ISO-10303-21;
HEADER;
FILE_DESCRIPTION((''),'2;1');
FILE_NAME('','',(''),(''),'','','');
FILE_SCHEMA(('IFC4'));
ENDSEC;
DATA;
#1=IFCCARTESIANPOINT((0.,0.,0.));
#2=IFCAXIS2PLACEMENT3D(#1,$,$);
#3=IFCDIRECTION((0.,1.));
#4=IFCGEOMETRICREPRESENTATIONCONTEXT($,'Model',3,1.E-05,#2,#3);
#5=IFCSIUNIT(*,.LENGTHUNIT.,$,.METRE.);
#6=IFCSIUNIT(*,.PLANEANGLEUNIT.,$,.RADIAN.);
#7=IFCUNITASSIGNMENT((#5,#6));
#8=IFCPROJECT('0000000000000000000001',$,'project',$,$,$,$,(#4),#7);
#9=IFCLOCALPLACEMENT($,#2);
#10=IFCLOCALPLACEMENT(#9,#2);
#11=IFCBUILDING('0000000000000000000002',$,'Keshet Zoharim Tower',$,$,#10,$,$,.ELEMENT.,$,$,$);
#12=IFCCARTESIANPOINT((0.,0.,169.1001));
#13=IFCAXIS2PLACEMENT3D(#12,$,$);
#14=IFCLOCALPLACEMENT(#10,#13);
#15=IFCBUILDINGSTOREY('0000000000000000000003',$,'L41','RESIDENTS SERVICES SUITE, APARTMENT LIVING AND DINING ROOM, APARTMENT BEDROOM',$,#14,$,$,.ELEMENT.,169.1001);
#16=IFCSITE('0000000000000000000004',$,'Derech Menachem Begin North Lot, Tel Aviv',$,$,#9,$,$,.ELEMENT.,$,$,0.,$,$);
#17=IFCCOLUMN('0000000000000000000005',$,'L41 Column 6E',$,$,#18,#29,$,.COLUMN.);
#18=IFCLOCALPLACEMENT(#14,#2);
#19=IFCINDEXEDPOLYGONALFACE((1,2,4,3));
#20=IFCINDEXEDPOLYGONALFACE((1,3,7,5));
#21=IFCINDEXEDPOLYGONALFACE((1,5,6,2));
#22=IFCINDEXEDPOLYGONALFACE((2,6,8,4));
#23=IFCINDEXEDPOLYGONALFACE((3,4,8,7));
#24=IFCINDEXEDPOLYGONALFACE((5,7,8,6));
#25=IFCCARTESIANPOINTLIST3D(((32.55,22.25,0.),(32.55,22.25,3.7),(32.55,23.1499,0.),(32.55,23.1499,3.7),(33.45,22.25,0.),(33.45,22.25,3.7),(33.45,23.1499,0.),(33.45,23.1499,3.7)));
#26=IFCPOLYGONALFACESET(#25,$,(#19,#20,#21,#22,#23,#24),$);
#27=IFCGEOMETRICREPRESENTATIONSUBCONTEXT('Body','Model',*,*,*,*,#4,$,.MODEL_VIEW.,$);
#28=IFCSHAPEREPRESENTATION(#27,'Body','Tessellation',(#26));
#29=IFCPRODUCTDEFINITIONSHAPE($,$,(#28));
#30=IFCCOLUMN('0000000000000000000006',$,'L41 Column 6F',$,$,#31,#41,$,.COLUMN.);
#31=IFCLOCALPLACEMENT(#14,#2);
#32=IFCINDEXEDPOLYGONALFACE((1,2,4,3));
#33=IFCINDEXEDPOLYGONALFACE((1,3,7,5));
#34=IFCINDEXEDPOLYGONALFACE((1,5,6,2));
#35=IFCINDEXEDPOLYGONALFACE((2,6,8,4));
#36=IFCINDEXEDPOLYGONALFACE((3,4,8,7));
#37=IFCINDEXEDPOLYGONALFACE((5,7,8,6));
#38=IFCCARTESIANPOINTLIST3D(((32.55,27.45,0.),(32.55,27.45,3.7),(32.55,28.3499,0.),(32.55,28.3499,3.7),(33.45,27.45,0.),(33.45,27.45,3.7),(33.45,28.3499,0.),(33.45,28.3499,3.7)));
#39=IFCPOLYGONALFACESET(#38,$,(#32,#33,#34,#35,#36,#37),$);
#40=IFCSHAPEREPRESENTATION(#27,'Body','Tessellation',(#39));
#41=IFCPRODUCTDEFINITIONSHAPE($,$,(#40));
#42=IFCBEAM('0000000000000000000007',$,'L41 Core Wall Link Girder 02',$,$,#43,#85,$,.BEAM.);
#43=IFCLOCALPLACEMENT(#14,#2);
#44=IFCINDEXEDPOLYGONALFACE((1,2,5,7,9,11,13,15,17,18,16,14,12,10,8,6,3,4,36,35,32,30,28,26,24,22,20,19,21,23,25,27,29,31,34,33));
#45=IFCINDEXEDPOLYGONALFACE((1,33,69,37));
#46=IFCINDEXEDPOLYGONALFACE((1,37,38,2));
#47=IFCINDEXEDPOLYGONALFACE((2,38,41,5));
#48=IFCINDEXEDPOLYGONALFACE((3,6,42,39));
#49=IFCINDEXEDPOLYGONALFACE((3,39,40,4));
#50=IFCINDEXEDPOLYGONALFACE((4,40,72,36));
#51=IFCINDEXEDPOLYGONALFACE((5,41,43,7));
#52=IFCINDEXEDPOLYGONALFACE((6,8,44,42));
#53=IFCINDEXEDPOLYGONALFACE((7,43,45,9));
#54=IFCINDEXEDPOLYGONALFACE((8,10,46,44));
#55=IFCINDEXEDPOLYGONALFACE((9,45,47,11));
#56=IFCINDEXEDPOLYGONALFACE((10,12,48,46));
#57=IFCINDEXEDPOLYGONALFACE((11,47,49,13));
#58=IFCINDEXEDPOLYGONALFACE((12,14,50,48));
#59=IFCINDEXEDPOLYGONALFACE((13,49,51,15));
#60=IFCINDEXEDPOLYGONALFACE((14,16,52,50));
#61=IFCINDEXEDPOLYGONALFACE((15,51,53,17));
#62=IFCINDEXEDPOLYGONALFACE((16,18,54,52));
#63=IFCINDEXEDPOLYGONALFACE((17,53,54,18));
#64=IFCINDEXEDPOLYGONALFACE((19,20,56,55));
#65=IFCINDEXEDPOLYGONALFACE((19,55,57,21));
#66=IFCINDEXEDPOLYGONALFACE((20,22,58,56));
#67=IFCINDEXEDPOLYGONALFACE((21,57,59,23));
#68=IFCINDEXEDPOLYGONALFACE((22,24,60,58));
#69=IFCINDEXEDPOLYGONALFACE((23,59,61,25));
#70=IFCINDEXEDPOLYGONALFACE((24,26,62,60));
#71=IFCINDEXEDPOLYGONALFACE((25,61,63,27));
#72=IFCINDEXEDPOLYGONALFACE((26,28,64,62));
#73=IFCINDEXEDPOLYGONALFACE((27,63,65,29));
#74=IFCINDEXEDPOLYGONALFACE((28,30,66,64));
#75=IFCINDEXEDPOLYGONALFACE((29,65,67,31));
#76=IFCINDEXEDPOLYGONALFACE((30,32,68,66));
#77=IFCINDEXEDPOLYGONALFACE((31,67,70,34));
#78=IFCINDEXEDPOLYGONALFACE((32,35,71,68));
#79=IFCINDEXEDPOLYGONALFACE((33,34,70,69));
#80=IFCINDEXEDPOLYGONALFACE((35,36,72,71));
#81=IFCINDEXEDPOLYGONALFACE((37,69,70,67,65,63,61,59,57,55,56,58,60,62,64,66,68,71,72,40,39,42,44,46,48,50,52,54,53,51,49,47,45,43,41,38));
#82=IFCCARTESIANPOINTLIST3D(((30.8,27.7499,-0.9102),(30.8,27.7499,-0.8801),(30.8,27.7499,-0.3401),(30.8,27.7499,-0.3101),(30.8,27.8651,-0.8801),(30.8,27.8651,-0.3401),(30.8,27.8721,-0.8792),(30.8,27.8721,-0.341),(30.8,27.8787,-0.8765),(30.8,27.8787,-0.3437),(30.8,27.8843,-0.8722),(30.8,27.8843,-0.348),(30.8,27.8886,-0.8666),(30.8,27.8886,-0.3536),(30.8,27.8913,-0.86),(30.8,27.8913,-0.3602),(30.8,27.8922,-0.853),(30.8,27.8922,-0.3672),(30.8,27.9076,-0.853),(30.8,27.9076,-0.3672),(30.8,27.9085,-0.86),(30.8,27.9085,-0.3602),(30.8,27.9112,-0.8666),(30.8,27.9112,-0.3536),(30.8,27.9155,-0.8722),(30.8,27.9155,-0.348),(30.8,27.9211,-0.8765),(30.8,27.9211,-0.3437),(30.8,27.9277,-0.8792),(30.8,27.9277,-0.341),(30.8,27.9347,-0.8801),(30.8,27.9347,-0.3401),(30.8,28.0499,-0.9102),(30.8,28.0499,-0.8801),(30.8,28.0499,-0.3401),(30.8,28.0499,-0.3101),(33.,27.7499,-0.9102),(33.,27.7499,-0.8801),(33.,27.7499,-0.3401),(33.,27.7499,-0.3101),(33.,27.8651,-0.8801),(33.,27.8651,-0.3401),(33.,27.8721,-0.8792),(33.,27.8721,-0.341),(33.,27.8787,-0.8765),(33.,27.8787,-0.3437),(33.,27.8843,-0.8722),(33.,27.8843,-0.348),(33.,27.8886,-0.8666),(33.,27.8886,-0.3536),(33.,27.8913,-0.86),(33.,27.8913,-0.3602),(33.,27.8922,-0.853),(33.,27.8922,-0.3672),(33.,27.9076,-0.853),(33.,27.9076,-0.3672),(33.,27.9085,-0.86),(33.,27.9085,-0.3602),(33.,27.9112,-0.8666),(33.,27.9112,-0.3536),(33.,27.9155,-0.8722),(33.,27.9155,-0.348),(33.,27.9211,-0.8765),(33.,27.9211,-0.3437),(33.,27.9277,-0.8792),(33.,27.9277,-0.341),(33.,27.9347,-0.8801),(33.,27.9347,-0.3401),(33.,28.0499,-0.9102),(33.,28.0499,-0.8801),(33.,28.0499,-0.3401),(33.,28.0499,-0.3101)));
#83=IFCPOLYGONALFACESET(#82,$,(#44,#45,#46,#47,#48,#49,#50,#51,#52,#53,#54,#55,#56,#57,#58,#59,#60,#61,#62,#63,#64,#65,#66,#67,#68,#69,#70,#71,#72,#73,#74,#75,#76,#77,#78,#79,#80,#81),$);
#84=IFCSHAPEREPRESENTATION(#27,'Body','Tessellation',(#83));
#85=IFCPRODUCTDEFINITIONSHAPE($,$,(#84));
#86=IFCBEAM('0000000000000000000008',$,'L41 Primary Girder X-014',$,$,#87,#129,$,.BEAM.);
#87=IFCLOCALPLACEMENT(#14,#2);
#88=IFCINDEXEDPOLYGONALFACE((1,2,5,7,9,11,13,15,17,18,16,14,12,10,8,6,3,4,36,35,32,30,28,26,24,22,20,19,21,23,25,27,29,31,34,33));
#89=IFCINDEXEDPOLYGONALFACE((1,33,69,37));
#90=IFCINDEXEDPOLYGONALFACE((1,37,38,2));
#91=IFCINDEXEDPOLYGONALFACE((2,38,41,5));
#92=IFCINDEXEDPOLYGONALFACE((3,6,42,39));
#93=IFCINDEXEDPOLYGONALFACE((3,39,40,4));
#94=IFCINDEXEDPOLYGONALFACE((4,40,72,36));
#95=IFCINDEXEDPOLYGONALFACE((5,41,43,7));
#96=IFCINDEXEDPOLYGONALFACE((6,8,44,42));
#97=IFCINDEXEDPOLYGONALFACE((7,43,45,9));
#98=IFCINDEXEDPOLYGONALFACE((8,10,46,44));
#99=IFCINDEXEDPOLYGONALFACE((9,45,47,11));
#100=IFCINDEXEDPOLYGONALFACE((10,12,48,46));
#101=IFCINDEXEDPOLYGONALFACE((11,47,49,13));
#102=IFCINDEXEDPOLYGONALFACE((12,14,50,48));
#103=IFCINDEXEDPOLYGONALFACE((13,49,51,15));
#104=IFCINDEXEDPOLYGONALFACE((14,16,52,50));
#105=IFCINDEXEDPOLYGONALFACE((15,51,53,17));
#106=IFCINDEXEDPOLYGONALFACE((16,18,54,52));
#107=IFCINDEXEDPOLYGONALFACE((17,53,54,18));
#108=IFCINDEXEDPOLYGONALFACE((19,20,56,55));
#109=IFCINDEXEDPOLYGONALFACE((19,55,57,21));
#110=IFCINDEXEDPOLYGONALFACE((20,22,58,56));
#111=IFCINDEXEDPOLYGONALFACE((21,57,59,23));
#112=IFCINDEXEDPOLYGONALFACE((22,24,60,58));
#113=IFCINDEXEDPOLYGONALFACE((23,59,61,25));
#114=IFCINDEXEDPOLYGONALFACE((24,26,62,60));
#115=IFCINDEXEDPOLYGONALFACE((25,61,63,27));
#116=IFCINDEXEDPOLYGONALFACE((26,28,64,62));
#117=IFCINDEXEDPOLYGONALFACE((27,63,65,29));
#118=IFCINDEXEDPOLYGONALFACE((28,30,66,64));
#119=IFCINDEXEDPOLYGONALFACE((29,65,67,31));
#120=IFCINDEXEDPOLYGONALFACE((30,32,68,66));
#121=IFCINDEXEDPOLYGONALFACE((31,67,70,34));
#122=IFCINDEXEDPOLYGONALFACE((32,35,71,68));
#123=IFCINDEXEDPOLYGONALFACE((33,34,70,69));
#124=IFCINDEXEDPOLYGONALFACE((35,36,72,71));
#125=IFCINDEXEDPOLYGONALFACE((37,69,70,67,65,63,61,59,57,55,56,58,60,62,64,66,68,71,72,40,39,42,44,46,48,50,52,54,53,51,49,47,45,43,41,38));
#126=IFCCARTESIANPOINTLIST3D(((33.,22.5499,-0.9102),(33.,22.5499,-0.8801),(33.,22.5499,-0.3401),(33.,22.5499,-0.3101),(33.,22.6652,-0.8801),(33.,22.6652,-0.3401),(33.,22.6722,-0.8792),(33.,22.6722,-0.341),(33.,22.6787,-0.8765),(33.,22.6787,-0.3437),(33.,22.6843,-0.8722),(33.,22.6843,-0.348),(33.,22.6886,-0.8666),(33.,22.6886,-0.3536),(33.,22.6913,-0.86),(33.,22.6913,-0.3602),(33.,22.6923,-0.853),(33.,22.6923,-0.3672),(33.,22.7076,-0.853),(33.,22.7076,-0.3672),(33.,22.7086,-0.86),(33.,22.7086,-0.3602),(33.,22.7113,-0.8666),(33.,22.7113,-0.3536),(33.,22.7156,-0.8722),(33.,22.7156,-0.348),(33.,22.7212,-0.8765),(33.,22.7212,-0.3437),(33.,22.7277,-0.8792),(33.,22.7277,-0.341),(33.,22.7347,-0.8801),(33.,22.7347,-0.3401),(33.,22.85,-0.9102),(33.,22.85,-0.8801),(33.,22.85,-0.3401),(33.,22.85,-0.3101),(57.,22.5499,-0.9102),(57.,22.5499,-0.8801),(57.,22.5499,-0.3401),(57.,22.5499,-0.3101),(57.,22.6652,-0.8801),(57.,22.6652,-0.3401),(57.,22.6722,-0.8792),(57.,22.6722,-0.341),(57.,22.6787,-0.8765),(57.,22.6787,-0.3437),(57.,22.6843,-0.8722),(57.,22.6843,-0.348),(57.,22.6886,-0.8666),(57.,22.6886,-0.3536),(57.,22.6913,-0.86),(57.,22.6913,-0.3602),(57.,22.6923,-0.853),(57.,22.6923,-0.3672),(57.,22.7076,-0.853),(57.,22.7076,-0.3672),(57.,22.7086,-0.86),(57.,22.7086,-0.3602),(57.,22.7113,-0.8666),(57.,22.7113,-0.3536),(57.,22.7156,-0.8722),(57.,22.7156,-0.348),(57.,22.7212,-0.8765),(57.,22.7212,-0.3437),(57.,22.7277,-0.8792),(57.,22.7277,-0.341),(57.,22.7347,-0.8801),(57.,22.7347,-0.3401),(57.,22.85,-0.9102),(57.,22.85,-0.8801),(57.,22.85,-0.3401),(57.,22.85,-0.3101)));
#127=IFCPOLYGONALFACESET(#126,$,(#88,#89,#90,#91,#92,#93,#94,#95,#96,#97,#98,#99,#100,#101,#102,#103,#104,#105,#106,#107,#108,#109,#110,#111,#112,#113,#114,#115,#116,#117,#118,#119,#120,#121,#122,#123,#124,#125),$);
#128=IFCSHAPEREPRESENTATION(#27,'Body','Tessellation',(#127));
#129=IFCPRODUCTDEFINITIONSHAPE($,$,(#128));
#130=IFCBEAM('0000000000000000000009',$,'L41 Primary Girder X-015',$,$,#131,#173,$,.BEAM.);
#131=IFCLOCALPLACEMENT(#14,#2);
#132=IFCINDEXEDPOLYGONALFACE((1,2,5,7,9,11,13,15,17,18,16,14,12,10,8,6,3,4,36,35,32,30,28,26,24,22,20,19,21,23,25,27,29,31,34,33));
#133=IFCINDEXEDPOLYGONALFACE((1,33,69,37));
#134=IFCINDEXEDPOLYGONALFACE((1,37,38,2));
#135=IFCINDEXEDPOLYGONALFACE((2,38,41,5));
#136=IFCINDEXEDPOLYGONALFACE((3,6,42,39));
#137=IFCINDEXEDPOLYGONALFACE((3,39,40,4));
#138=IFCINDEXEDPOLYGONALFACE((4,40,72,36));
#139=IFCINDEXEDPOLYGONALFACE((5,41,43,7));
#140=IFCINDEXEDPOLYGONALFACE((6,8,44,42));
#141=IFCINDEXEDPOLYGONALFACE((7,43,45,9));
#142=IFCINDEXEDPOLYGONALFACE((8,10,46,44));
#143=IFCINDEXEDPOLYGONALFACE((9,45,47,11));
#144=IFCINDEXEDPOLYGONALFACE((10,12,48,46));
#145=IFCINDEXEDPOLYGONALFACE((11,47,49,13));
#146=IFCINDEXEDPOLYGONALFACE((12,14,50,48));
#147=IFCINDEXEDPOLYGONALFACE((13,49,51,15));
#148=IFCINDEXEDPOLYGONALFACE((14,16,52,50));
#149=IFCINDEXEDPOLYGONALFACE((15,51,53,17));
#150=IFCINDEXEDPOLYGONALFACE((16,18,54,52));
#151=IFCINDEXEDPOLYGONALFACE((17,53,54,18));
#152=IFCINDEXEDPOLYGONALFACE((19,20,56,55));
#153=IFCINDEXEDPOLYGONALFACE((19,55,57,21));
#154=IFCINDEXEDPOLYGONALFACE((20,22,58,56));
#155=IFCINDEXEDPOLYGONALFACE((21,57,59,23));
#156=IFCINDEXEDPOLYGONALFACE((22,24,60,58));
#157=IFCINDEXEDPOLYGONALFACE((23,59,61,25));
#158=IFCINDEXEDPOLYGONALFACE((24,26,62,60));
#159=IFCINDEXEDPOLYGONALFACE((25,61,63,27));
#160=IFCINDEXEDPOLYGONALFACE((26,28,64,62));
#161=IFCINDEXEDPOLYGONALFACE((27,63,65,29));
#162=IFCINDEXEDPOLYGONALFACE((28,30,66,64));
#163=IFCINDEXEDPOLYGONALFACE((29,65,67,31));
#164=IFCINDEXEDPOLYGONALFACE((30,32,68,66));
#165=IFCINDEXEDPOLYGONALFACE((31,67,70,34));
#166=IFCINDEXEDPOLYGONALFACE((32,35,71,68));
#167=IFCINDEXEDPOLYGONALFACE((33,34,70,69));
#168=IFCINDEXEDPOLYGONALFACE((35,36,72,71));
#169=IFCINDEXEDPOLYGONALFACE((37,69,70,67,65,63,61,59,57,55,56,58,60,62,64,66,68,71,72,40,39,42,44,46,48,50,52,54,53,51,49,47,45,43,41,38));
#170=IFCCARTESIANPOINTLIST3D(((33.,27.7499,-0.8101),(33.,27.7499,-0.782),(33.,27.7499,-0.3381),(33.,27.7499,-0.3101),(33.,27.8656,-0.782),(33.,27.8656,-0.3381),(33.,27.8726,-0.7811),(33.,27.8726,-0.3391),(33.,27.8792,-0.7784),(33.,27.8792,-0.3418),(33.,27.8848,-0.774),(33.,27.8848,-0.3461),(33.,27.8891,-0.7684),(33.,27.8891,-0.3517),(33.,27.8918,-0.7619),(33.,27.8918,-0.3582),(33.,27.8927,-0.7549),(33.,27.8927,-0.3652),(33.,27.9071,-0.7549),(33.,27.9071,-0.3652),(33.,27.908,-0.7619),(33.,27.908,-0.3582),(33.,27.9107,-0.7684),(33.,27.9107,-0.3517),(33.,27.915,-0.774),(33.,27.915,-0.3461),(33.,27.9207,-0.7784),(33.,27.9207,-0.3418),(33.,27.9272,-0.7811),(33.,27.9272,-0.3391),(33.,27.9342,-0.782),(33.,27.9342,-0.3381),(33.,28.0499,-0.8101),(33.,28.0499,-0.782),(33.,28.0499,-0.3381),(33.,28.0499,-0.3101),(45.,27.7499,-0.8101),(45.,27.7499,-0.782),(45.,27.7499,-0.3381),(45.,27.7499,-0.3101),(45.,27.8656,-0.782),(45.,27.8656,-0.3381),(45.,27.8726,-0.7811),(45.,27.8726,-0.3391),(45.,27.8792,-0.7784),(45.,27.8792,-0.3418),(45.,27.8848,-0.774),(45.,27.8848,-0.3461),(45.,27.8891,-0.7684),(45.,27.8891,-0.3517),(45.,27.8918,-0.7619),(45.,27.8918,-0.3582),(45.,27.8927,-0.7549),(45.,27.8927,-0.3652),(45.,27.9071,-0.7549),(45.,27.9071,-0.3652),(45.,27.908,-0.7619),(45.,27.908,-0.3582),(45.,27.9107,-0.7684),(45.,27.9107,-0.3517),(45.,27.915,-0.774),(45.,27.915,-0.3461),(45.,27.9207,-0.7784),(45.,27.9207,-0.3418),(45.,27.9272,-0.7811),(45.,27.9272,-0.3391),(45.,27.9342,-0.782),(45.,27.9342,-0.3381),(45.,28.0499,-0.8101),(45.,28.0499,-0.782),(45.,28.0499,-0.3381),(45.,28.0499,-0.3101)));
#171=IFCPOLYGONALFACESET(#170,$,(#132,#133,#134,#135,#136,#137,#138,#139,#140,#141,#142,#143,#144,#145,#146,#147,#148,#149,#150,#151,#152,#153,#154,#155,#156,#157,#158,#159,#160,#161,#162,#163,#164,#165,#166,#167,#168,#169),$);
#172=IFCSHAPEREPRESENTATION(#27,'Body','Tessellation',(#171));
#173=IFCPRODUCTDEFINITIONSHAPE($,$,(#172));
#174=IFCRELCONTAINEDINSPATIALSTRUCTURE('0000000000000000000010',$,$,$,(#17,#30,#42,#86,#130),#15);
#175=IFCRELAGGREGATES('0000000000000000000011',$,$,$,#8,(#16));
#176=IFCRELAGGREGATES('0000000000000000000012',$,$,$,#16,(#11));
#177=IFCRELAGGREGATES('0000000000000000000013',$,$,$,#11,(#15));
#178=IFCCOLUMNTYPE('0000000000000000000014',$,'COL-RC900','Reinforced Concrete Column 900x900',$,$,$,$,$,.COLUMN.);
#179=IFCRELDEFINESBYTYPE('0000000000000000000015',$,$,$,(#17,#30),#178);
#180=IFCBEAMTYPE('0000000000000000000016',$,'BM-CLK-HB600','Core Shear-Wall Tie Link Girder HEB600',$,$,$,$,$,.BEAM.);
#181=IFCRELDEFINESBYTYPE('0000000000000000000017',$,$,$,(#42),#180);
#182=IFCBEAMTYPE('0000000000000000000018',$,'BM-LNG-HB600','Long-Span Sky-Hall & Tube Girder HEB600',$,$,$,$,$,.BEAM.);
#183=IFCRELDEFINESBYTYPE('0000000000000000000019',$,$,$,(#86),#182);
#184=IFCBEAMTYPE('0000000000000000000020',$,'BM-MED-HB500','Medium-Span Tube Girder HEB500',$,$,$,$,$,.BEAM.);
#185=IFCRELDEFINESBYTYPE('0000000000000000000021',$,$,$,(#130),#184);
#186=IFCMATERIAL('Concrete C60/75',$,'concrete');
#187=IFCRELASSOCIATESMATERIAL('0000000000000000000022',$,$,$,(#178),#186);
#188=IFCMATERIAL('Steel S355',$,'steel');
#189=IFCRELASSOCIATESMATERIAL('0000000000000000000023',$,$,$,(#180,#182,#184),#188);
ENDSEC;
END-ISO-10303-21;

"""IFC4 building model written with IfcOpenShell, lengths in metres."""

from ifc_helpers import new_model, si_unit, direction, frame, origin, origin_2d, place, context, subcontext, project, spatial, rectangle, i_section, extrude, material, material_profile, profile_set, type_object, element, save


model = new_model("IFC4")

# Units and contexts
model_context = context("Model", 3, precision=1e-05, world=origin(), true_north=direction((0.0, 1.0)))
body_context = subcontext(model_context, "Body", "Model", "MODEL_VIEW")
ifc_project = project(units=[si_unit("LENGTHUNIT", "METRE"), si_unit("PLANEANGLEUNIT", "RADIAN")], contexts=[model_context])

# Site, building, storey
site_placement = place(None, origin())
site = spatial("IfcSite", under=ifc_project, at=site_placement, Name="Derech Menachem Begin North Lot, Tel Aviv", CompositionType="ELEMENT", RefElevation=0.0)
building_placement = place(site_placement, origin())
building = spatial("IfcBuilding", under=site, at=building_placement, Name="Keshet Zoharim Tower", CompositionType="ELEMENT")
storey_placement = place(building_placement, frame((0.0, 0.0, 169.1001)))
storey = spatial("IfcBuildingStorey", under=building, at=storey_placement, Name="L41", Description="RESIDENTS SERVICES SUITE, APARTMENT LIVING AND DINING ROOM, APARTMENT BEDROOM", CompositionType="ELEMENT", Elevation=169.1001)

# Columns
ifc_material_1 = material(Name="Concrete C60/75", Category="concrete")
ifc_material_profile_1 = material_profile(ifc_material_1, rectangle(XDim=0.8999, YDim=0.8999, at=origin_2d()), Name="RC900x900")
ifc_profile_set_1 = profile_set([ifc_material_profile_1], Name="Concrete C60/75")
column_type = type_object("IfcColumnType", Name="COL-RC900", Description="Reinforced Concrete Column 900x900", PredefinedType="COLUMN", material=ifc_profile_set_1)
for number, where, z_axis, x_axis, name in (
    (1, (33.0, 22.7, 0.0), (0.0, 0.0, 1.0), (1.0, 0.0, 0.0), "L41 Column 6E"),
    (2, (33.0, 27.8999, 0.0), (0.0, 0.0, 1.0), (1.0, 0.0, 0.0), "L41 Column 6F"),
):
    element("IfcColumn", number, at=place(storey_placement, frame(where, z_axis=z_axis, x_axis=x_axis)), inside=storey, type_object=column_type, Name=name, PredefinedType="COLUMN", context=body_context, shape_type="SweptSolid", body=[
        extrude(rectangle(XDim=0.8999, YDim=0.8999, at=origin_2d()), origin(), (0.0, 0.0, 1.0), 3.7),
    ])

# Beams
ifc_material_2 = material(Name="Steel S355", Category="steel")
ifc_material_profile_2 = material_profile(ifc_material_2, i_section(OverallWidth=0.3, OverallDepth=0.6001, WebThickness=0.0154, FlangeThickness=0.03, FilletRadius=0.0271, at=origin_2d()), Name="HEB600")
ifc_profile_set_2 = profile_set([ifc_material_profile_2], Name="Steel S355")
beam_type_1 = type_object("IfcBeamType", Name="BM-CLK-HB600", Description="Core Shear-Wall Tie Link Girder HEB600", PredefinedType="BEAM", material=ifc_profile_set_2)
beam_1_placement = place(storey_placement, frame((30.8, 27.8999, -0.6101), z_axis=(1.0, 0.0, 0.0), x_axis=(0.0, 1.0, 0.0)))
element("IfcBeam", 3, at=beam_1_placement, inside=storey, type_object=beam_type_1, Name="L41 Core Wall Link Girder 02", PredefinedType="BEAM", context=body_context, shape_type="SweptSolid", body=[
    extrude(i_section(OverallWidth=0.3, OverallDepth=0.6001, WebThickness=0.0154, FlangeThickness=0.03, FilletRadius=0.0271, at=origin_2d()), origin(), (0.0, 0.0, 1.0), 2.2),
])
ifc_material_profile_3 = material_profile(ifc_material_2, i_section(OverallWidth=0.3, OverallDepth=0.6001, WebThickness=0.0154, FlangeThickness=0.03, FilletRadius=0.0271, at=origin_2d()), Name="HEB600")
ifc_profile_set_3 = profile_set([ifc_material_profile_3], Name="Steel S355")
beam_type_2 = type_object("IfcBeamType", Name="BM-LNG-HB600", Description="Long-Span Sky-Hall & Tube Girder HEB600", PredefinedType="BEAM", material=ifc_profile_set_3)
beam_2_placement = place(storey_placement, frame((33.0, 22.7, -0.6101), z_axis=(1.0, 0.0, 0.0), x_axis=(0.0, 1.0, 0.0)))
element("IfcBeam", 4, at=beam_2_placement, inside=storey, type_object=beam_type_2, Name="L41 Primary Girder X-014", PredefinedType="BEAM", context=body_context, shape_type="SweptSolid", body=[
    extrude(i_section(OverallWidth=0.3, OverallDepth=0.6001, WebThickness=0.0154, FlangeThickness=0.03, FilletRadius=0.0271, at=origin_2d()), origin(), (0.0, 0.0, 1.0), 24.0),
])
ifc_material_profile_4 = material_profile(ifc_material_2, i_section(OverallWidth=0.3, OverallDepth=0.5, WebThickness=0.0144, FlangeThickness=0.0281, FilletRadius=0.0271, at=origin_2d()), Name="HEB500")
ifc_profile_set_4 = profile_set([ifc_material_profile_4], Name="Steel S355")
beam_type_3 = type_object("IfcBeamType", Name="BM-MED-HB500", Description="Medium-Span Tube Girder HEB500", PredefinedType="BEAM", material=ifc_profile_set_4)
beam_3_placement = place(storey_placement, frame((33.0, 27.8999, -0.5601), z_axis=(1.0, 0.0, 0.0), x_axis=(0.0, 1.0, 0.0)))
element("IfcBeam", 5, at=beam_3_placement, inside=storey, type_object=beam_type_3, Name="L41 Primary Girder X-015", PredefinedType="BEAM", context=body_context, shape_type="SweptSolid", body=[
    extrude(i_section(OverallWidth=0.3, OverallDepth=0.5, WebThickness=0.0144, FlangeThickness=0.0281, FilletRadius=0.0271, at=origin_2d()), origin(), (0.0, 0.0, 1.0), 12.0),
])

save(model, "model.ifc")
